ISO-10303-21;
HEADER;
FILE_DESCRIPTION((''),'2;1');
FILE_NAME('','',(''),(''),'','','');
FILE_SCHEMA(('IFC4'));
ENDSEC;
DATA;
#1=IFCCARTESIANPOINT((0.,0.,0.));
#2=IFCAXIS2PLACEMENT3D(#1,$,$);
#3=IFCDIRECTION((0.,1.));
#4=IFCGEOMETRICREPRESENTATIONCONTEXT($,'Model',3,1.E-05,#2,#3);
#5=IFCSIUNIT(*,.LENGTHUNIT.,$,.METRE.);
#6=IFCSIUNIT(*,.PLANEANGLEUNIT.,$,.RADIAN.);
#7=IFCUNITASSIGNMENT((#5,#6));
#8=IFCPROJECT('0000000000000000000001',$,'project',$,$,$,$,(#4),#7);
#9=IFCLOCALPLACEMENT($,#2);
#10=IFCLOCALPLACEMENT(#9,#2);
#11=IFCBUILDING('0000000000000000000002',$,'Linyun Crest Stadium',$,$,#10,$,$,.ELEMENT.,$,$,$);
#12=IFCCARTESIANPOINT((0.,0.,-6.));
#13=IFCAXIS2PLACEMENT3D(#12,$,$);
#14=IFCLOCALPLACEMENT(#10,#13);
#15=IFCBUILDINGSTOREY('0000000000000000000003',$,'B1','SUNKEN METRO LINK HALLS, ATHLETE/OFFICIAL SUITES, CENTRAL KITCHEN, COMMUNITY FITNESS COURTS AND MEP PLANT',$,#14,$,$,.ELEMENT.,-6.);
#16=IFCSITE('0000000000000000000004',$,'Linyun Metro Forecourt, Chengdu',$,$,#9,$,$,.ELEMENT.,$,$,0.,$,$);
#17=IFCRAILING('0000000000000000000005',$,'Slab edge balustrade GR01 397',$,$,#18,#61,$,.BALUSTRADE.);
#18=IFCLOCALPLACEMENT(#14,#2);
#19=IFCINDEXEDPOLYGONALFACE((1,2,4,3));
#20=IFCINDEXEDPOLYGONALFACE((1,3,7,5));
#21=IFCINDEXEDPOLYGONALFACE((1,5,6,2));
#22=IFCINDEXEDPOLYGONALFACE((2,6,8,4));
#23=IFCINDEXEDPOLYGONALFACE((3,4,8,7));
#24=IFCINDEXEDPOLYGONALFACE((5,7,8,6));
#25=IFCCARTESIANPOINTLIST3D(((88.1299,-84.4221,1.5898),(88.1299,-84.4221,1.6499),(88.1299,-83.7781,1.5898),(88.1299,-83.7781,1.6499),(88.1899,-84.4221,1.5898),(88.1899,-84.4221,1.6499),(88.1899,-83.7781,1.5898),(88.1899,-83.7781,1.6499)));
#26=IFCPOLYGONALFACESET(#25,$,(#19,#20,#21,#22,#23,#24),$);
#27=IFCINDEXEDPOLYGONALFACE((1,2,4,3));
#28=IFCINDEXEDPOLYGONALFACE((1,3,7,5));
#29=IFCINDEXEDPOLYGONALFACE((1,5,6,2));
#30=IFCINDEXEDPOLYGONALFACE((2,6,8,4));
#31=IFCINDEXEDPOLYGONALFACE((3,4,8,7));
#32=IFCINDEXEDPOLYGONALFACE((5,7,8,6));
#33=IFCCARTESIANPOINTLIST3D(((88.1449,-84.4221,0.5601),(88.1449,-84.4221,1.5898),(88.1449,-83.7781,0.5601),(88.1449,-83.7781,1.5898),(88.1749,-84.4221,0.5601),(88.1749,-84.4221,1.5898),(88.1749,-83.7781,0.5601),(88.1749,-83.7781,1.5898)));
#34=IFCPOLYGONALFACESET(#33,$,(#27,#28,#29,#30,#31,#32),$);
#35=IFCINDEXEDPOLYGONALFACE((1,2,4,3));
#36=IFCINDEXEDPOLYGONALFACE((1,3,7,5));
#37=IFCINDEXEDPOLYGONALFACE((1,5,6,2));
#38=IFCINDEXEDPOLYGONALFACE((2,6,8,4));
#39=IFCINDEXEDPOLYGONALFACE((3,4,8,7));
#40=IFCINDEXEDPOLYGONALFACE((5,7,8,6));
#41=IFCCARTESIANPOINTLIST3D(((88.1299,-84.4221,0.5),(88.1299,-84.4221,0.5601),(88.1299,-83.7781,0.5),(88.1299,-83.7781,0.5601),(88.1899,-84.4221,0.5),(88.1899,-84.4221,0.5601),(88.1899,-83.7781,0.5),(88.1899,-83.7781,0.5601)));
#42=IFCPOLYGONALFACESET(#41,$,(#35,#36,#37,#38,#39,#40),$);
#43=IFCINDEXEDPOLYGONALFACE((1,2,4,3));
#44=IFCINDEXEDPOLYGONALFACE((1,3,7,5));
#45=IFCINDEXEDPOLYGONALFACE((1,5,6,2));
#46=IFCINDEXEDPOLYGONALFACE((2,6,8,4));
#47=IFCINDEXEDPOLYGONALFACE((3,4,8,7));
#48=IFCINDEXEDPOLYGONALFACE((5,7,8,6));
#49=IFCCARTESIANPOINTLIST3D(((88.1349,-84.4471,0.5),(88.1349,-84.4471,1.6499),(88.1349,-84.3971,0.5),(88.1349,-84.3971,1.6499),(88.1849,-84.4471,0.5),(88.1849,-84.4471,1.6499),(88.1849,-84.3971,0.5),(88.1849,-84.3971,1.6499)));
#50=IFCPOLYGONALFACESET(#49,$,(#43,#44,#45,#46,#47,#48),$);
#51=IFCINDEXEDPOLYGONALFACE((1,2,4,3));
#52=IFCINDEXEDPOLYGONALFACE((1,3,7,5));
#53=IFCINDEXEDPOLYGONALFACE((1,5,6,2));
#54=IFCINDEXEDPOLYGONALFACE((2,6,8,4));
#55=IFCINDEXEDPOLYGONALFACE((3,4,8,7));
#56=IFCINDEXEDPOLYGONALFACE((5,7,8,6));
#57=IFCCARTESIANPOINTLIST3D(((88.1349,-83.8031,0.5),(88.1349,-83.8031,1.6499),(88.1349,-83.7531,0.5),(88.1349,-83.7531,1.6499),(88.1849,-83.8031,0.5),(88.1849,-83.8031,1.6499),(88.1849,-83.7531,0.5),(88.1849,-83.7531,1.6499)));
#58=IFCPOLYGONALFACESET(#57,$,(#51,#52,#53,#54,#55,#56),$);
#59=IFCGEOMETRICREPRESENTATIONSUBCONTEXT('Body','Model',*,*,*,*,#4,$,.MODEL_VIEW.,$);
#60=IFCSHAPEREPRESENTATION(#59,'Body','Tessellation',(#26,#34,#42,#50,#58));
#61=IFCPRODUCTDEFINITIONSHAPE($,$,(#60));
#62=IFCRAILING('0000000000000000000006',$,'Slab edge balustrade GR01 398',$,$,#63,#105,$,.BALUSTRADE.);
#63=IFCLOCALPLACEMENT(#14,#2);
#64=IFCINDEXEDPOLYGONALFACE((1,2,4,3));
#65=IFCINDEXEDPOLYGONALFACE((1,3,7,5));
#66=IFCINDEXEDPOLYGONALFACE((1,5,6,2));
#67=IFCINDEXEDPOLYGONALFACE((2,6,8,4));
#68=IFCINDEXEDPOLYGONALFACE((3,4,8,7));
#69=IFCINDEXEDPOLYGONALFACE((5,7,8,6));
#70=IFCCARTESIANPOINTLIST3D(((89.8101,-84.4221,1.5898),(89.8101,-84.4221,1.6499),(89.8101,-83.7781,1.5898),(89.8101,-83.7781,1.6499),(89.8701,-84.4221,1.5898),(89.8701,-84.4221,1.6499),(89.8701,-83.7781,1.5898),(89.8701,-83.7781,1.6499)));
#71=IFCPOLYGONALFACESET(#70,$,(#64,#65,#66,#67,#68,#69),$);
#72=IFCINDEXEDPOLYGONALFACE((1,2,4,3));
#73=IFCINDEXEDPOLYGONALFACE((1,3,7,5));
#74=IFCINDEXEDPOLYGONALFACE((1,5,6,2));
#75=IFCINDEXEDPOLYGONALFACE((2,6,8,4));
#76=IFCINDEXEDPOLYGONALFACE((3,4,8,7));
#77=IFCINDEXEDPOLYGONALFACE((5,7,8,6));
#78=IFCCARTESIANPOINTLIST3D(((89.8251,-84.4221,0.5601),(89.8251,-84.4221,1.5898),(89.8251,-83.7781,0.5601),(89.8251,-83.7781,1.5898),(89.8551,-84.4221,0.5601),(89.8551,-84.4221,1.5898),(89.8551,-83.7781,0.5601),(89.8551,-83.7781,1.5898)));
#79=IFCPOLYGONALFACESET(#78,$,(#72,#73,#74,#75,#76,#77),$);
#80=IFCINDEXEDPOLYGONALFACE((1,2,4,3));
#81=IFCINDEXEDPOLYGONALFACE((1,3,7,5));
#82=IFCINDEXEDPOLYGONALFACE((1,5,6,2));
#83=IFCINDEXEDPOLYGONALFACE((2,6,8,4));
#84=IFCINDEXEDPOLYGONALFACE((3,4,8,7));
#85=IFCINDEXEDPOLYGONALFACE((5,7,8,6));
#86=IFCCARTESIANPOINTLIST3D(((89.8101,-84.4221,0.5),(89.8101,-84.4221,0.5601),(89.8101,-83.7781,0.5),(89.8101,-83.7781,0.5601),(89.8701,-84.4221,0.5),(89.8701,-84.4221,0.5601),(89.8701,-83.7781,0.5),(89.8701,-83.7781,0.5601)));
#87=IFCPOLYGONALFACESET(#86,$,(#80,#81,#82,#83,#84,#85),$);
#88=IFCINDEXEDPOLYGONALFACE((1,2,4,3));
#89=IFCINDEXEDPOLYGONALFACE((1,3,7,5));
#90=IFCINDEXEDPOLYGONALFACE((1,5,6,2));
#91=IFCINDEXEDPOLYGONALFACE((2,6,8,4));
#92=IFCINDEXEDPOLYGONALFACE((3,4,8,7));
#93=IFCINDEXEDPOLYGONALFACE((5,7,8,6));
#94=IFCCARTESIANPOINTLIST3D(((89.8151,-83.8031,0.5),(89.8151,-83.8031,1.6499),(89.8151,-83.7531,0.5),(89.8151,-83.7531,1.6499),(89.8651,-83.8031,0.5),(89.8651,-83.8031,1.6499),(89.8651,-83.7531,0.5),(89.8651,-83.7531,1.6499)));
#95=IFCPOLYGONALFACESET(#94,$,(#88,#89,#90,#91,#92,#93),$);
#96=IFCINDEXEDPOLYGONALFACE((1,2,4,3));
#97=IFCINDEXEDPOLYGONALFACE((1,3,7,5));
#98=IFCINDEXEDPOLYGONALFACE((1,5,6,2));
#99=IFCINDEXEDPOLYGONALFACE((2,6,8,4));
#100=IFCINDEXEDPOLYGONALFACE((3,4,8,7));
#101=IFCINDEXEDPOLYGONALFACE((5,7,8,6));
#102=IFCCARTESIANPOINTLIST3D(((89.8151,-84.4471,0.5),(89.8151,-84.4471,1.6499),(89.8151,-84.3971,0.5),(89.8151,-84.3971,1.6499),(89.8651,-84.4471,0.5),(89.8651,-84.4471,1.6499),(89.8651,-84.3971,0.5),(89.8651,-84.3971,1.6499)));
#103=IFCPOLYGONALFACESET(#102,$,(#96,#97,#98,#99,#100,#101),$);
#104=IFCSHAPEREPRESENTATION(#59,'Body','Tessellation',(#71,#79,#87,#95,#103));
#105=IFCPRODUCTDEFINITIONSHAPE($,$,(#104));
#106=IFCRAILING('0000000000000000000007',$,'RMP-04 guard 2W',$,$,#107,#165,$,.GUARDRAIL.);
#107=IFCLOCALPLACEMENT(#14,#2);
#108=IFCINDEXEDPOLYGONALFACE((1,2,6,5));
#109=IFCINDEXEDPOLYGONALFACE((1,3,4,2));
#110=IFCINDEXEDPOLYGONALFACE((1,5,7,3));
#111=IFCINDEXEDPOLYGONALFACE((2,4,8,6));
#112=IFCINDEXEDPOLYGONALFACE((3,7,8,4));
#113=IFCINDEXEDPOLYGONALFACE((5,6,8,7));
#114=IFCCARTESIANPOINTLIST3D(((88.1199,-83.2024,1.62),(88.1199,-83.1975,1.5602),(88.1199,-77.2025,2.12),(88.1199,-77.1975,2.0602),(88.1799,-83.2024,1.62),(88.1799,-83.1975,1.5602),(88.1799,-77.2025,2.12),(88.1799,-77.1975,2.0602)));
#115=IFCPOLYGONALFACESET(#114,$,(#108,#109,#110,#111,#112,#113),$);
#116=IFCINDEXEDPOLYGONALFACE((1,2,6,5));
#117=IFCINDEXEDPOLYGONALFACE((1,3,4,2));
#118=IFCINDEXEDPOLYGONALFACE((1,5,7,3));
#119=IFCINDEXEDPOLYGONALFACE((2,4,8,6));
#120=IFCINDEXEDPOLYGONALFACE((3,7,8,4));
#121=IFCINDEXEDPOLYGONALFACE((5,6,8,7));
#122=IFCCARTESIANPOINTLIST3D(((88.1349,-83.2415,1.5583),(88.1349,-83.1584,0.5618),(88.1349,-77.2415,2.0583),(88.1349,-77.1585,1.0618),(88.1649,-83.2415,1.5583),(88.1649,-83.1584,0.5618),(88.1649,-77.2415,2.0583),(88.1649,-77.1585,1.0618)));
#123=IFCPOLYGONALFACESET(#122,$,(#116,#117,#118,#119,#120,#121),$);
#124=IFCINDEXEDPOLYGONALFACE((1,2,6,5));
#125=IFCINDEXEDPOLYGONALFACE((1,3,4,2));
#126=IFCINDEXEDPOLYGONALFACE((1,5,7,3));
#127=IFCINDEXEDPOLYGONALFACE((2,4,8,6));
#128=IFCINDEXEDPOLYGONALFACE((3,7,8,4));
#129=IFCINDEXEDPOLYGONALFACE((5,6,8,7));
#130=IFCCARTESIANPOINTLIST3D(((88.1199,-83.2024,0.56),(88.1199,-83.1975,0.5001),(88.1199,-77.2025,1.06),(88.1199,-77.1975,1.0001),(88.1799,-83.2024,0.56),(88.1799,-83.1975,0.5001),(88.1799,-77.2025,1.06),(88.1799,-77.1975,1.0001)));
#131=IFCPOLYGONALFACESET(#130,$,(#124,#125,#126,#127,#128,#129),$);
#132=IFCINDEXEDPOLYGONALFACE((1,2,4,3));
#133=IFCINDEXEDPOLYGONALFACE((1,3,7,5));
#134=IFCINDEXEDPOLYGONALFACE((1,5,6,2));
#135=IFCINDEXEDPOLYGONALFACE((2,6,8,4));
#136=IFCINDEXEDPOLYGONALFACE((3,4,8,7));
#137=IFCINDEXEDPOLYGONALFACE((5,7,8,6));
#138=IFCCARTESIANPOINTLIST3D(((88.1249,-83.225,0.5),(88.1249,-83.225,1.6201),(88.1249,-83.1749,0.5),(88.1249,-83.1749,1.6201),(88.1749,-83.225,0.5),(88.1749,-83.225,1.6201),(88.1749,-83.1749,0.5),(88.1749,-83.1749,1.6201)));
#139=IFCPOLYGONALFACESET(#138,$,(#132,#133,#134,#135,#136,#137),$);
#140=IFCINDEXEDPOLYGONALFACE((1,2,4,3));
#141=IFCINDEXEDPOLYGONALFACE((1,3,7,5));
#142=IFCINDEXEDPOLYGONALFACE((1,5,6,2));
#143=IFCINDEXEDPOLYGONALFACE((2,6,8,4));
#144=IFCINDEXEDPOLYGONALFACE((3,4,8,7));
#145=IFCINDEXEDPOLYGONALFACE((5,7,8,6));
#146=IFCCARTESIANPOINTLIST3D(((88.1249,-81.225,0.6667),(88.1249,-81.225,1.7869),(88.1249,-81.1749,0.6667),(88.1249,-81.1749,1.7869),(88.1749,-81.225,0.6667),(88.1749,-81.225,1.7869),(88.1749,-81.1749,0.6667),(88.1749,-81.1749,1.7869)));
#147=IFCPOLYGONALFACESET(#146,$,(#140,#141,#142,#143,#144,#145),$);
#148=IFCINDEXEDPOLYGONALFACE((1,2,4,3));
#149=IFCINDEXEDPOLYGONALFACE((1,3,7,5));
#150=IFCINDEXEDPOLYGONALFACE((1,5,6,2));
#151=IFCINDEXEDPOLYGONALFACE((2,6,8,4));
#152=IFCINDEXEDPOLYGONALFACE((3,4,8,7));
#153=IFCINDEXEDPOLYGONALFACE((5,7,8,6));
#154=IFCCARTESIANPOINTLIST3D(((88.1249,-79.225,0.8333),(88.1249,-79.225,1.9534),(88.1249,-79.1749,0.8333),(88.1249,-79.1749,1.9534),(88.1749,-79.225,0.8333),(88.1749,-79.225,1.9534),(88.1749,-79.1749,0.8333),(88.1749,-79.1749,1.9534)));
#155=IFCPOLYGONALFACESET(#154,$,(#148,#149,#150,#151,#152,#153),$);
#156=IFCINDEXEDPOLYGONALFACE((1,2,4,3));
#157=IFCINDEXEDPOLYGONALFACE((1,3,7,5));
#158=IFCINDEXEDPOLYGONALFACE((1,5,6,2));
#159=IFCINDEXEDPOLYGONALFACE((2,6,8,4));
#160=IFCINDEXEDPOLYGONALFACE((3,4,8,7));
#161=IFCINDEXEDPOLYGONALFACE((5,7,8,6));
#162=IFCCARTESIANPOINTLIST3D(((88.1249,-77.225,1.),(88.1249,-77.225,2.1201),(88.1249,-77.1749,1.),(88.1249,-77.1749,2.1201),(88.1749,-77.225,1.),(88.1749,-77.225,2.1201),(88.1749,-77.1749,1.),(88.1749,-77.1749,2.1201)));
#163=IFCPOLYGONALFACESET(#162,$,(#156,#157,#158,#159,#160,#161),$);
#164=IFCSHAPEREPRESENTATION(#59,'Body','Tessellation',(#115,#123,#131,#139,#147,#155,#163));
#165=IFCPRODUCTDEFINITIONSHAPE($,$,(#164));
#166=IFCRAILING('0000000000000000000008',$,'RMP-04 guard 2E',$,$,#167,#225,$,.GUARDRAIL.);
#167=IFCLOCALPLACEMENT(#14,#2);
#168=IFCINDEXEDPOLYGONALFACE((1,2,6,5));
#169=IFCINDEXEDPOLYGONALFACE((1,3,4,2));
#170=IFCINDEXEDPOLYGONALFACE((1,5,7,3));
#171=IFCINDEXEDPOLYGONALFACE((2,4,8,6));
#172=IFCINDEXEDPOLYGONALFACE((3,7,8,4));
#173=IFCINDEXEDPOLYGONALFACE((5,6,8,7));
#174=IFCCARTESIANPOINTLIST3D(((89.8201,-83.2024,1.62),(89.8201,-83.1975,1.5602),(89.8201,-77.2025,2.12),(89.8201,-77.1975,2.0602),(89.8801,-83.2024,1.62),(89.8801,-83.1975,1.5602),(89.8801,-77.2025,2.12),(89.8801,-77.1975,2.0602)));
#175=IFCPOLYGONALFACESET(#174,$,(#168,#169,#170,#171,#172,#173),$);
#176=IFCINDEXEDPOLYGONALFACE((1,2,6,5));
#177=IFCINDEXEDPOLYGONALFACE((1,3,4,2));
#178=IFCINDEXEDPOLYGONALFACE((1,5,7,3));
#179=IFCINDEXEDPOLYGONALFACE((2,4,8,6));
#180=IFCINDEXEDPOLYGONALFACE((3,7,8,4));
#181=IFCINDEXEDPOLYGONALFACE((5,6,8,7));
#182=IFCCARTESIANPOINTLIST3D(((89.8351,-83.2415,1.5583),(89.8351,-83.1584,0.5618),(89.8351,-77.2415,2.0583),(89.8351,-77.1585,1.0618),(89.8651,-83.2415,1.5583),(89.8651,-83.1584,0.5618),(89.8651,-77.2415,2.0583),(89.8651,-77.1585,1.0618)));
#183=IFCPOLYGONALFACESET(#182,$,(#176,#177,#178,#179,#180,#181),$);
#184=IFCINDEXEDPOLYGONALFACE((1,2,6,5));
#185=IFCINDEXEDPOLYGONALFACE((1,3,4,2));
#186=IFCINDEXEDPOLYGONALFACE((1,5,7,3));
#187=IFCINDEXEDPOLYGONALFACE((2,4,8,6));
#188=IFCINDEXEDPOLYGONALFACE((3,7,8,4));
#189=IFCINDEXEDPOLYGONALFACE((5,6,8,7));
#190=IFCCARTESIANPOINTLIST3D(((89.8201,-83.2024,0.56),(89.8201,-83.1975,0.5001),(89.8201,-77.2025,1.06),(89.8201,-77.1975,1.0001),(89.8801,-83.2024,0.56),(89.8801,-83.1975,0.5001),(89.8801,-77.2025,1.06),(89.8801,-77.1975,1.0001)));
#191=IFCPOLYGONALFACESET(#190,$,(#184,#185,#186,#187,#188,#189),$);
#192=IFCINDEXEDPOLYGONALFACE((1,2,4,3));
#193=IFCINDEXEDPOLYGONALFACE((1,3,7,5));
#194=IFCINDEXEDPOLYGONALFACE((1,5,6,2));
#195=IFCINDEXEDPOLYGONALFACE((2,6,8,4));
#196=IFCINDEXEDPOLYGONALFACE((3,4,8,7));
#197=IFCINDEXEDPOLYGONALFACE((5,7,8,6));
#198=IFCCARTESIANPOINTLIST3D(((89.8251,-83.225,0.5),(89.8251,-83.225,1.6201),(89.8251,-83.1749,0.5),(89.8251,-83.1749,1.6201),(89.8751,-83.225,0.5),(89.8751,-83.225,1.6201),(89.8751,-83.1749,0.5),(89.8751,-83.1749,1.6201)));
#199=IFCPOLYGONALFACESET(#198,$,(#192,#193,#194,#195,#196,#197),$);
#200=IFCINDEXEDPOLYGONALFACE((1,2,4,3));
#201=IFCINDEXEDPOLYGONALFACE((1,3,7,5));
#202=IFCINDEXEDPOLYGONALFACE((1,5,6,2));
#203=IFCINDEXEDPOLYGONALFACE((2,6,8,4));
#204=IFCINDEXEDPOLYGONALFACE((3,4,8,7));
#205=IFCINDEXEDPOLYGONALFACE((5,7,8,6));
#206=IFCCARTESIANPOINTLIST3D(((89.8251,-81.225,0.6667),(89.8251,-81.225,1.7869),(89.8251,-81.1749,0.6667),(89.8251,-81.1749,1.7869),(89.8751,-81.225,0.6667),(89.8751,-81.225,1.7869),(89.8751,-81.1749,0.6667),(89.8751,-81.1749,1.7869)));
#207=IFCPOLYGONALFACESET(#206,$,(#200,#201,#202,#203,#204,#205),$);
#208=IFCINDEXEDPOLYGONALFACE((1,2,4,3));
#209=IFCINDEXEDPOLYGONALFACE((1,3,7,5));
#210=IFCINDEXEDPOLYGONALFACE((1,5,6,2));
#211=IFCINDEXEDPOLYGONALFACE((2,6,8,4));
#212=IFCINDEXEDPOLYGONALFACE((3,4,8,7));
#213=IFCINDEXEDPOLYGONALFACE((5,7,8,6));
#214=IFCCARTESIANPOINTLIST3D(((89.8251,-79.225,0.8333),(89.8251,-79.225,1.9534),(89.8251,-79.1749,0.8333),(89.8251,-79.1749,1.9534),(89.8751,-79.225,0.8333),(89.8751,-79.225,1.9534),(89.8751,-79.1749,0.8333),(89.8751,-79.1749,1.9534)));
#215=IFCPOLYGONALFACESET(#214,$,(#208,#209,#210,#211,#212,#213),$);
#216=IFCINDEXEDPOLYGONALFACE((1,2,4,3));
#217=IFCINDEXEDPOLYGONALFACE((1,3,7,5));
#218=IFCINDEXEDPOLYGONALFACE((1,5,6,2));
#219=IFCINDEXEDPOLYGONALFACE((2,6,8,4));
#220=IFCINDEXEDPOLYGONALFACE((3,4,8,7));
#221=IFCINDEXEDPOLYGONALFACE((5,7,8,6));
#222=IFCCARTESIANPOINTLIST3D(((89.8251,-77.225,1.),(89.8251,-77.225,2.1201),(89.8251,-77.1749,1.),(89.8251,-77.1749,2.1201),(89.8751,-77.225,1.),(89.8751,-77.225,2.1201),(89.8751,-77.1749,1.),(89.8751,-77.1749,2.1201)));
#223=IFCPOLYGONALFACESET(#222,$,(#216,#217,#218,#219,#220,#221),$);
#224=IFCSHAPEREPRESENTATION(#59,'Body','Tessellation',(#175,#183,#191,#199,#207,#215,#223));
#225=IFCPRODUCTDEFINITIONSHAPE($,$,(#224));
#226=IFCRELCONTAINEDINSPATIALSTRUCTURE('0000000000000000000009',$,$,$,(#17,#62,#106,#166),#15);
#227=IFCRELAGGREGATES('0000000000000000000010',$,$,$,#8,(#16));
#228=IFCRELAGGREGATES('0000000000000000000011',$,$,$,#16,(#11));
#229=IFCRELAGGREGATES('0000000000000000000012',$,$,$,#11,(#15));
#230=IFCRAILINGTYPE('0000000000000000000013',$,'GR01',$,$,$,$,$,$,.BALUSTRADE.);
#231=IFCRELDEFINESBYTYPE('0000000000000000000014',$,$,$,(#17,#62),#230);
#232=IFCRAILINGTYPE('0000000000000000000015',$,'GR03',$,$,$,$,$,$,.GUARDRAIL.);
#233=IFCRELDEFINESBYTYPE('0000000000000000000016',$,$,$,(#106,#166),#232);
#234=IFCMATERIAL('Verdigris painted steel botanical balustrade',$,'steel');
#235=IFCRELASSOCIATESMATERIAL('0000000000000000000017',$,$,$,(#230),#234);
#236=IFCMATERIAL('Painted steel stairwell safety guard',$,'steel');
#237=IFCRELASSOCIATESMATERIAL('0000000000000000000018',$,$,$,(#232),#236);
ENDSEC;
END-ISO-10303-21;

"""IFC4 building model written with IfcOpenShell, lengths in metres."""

from ifc_helpers import new_model, si_unit, direction, frame, origin, origin_2d, place, context, subcontext, project, spatial, rectangle, extrude, material, type_object, element, save


model = new_model("IFC4")

# Units and contexts
model_context = context("Model", 3, precision=1e-05, world=origin(), true_north=direction((0.0, 1.0)))
body_context = subcontext(model_context, "Body", "Model", "MODEL_VIEW")
ifc_project = project(units=[si_unit("LENGTHUNIT", "METRE"), si_unit("PLANEANGLEUNIT", "RADIAN")], contexts=[model_context])

# Site, building, storey
site_placement = place(None, origin())
site = spatial("IfcSite", under=ifc_project, at=site_placement, Name="Linyun Metro Forecourt, Chengdu", CompositionType="ELEMENT", RefElevation=0.0)
building_placement = place(site_placement, origin())
building = spatial("IfcBuilding", under=site, at=building_placement, Name="Linyun Crest Stadium", CompositionType="ELEMENT")
storey_placement = place(building_placement, frame((0.0, 0.0, -6.0)))
storey = spatial("IfcBuildingStorey", under=building, at=storey_placement, Name="B1", Description="SUNKEN METRO LINK HALLS, ATHLETE/OFFICIAL SUITES, CENTRAL KITCHEN, COMMUNITY FITNESS COURTS AND MEP PLANT", CompositionType="ELEMENT", Elevation=-6.0)

# Railings
ifc_material_1 = material(Name="Verdigris painted steel botanical balustrade", Category="steel")
railing_type_1 = type_object("IfcRailingType", Name="GR01", PredefinedType="BALUSTRADE", material=ifc_material_1)
railing_1_placement = place(storey_placement, frame((88.1599, -84.4221, 0.5)))
element("IfcRailing", 1, at=railing_1_placement, inside=storey, type_object=railing_type_1, Name="Slab edge balustrade GR01 397", PredefinedType="BALUSTRADE", context=body_context, shape_type="SweptSolid", body=[
    extrude(rectangle(XDim=0.0601, YDim=0.0601, at=origin_2d()), frame((0.0, 0.0, 1.1199), z_axis=(0.0, 1.0, 0.0), x_axis=(-1.0, 0.0, 0.0)), (0.0, 0.0, 1.0), 0.644),
    extrude(rectangle(XDim=0.03, YDim=1.0298, at=origin_2d()), frame((0.0, 0.0, 0.575), z_axis=(0.0, 1.0, 0.0), x_axis=(-1.0, 0.0, 0.0)), (0.0, 0.0, 1.0), 0.644),
    extrude(rectangle(XDim=0.0601, YDim=0.0601, at=origin_2d()), frame((0.0, 0.0, 0.03), z_axis=(0.0, 1.0, 0.0), x_axis=(-1.0, 0.0, 0.0)), (0.0, 0.0, 1.0), 0.644),
    extrude(rectangle(XDim=0.05, YDim=0.05, at=origin_2d()), origin(), (0.0, 0.0, 1.0), 1.1499),
    extrude(rectangle(XDim=0.05, YDim=0.05, at=origin_2d()), frame((0.0, 0.644, 0.0)), (0.0, 0.0, 1.0), 1.1499),
])
railing_2_placement = place(storey_placement, frame((89.8401, -83.7781, 0.5)))
element("IfcRailing", 2, at=railing_2_placement, inside=storey, type_object=railing_type_1, Name="Slab edge balustrade GR01 398", PredefinedType="BALUSTRADE", context=body_context, shape_type="SweptSolid", body=[
    extrude(rectangle(XDim=0.0601, YDim=0.0601, at=origin_2d()), frame((0.0, 0.0, 1.1199), z_axis=(0.0, -1.0, 0.0), x_axis=(1.0, 0.0, 0.0)), (0.0, 0.0, 1.0), 0.644),
    extrude(rectangle(XDim=0.03, YDim=1.0298, at=origin_2d()), frame((0.0, 0.0, 0.575), z_axis=(0.0, -1.0, 0.0), x_axis=(1.0, 0.0, 0.0)), (0.0, 0.0, 1.0), 0.644),
    extrude(rectangle(XDim=0.0601, YDim=0.0601, at=origin_2d()), frame((0.0, 0.0, 0.03), z_axis=(0.0, -1.0, 0.0), x_axis=(1.0, 0.0, 0.0)), (0.0, 0.0, 1.0), 0.644),
    extrude(rectangle(XDim=0.05, YDim=0.05, at=origin_2d()), origin(), (0.0, 0.0, 1.0), 1.1499),
    extrude(rectangle(XDim=0.05, YDim=0.05, at=origin_2d()), frame((0.0, -0.644, 0.0)), (0.0, 0.0, 1.0), 1.1499),
])
ifc_material_2 = material(Name="Painted steel stairwell safety guard", Category="steel")
railing_type_2 = type_object("IfcRailingType", Name="GR03", PredefinedType="GUARDRAIL", material=ifc_material_2)
for number, where, name in (
    (3, (88.1499, -83.2, 0.5), "RMP-04 guard 2W"),
    (4, (89.8501, -83.2, 0.5), "RMP-04 guard 2E"),
):
    element("IfcRailing", number, at=place(storey_placement, frame(where)), inside=storey, type_object=railing_type_2, Name=name, PredefinedType="GUARDRAIL", context=body_context, shape_type="SweptSolid", body=[
        extrude(rectangle(XDim=0.0601, YDim=0.0601, at=origin_2d()), frame((0.0, 0.0, 1.0901), z_axis=(0.0, 0.996546, 0.083045), x_axis=(-1.0, 0.0, 0.0)), (0.0, 0.0, 1.0), 6.0208),
        extrude(rectangle(XDim=0.03, YDim=1.0, at=origin_2d()), frame((0.0, 0.0, 0.5601), z_axis=(0.0, 0.996546, 0.083045), x_axis=(-1.0, 0.0, 0.0)), (0.0, 0.0, 1.0), 6.0208),
        extrude(rectangle(XDim=0.0601, YDim=0.0601, at=origin_2d()), frame((0.0, 0.0, 0.03), z_axis=(0.0, 0.996546, 0.083045), x_axis=(-1.0, 0.0, 0.0)), (0.0, 0.0, 1.0), 6.0208),
        extrude(rectangle(XDim=0.05, YDim=0.05, at=origin_2d()), origin(), (0.0, 0.0, 1.0), 1.1201),
        extrude(rectangle(XDim=0.05, YDim=0.05, at=origin_2d()), frame((0.0, 2.0, 0.1667)), (0.0, 0.0, 1.0), 1.1201),
        extrude(rectangle(XDim=0.05, YDim=0.05, at=origin_2d()), frame((0.0, 4.0, 0.3333)), (0.0, 0.0, 1.0), 1.1201),
        extrude(rectangle(XDim=0.05, YDim=0.05, at=origin_2d()), frame((0.0, 6.0, 0.5)), (0.0, 0.0, 1.0), 1.1201),
    ])

save(model, "model.ifc")
